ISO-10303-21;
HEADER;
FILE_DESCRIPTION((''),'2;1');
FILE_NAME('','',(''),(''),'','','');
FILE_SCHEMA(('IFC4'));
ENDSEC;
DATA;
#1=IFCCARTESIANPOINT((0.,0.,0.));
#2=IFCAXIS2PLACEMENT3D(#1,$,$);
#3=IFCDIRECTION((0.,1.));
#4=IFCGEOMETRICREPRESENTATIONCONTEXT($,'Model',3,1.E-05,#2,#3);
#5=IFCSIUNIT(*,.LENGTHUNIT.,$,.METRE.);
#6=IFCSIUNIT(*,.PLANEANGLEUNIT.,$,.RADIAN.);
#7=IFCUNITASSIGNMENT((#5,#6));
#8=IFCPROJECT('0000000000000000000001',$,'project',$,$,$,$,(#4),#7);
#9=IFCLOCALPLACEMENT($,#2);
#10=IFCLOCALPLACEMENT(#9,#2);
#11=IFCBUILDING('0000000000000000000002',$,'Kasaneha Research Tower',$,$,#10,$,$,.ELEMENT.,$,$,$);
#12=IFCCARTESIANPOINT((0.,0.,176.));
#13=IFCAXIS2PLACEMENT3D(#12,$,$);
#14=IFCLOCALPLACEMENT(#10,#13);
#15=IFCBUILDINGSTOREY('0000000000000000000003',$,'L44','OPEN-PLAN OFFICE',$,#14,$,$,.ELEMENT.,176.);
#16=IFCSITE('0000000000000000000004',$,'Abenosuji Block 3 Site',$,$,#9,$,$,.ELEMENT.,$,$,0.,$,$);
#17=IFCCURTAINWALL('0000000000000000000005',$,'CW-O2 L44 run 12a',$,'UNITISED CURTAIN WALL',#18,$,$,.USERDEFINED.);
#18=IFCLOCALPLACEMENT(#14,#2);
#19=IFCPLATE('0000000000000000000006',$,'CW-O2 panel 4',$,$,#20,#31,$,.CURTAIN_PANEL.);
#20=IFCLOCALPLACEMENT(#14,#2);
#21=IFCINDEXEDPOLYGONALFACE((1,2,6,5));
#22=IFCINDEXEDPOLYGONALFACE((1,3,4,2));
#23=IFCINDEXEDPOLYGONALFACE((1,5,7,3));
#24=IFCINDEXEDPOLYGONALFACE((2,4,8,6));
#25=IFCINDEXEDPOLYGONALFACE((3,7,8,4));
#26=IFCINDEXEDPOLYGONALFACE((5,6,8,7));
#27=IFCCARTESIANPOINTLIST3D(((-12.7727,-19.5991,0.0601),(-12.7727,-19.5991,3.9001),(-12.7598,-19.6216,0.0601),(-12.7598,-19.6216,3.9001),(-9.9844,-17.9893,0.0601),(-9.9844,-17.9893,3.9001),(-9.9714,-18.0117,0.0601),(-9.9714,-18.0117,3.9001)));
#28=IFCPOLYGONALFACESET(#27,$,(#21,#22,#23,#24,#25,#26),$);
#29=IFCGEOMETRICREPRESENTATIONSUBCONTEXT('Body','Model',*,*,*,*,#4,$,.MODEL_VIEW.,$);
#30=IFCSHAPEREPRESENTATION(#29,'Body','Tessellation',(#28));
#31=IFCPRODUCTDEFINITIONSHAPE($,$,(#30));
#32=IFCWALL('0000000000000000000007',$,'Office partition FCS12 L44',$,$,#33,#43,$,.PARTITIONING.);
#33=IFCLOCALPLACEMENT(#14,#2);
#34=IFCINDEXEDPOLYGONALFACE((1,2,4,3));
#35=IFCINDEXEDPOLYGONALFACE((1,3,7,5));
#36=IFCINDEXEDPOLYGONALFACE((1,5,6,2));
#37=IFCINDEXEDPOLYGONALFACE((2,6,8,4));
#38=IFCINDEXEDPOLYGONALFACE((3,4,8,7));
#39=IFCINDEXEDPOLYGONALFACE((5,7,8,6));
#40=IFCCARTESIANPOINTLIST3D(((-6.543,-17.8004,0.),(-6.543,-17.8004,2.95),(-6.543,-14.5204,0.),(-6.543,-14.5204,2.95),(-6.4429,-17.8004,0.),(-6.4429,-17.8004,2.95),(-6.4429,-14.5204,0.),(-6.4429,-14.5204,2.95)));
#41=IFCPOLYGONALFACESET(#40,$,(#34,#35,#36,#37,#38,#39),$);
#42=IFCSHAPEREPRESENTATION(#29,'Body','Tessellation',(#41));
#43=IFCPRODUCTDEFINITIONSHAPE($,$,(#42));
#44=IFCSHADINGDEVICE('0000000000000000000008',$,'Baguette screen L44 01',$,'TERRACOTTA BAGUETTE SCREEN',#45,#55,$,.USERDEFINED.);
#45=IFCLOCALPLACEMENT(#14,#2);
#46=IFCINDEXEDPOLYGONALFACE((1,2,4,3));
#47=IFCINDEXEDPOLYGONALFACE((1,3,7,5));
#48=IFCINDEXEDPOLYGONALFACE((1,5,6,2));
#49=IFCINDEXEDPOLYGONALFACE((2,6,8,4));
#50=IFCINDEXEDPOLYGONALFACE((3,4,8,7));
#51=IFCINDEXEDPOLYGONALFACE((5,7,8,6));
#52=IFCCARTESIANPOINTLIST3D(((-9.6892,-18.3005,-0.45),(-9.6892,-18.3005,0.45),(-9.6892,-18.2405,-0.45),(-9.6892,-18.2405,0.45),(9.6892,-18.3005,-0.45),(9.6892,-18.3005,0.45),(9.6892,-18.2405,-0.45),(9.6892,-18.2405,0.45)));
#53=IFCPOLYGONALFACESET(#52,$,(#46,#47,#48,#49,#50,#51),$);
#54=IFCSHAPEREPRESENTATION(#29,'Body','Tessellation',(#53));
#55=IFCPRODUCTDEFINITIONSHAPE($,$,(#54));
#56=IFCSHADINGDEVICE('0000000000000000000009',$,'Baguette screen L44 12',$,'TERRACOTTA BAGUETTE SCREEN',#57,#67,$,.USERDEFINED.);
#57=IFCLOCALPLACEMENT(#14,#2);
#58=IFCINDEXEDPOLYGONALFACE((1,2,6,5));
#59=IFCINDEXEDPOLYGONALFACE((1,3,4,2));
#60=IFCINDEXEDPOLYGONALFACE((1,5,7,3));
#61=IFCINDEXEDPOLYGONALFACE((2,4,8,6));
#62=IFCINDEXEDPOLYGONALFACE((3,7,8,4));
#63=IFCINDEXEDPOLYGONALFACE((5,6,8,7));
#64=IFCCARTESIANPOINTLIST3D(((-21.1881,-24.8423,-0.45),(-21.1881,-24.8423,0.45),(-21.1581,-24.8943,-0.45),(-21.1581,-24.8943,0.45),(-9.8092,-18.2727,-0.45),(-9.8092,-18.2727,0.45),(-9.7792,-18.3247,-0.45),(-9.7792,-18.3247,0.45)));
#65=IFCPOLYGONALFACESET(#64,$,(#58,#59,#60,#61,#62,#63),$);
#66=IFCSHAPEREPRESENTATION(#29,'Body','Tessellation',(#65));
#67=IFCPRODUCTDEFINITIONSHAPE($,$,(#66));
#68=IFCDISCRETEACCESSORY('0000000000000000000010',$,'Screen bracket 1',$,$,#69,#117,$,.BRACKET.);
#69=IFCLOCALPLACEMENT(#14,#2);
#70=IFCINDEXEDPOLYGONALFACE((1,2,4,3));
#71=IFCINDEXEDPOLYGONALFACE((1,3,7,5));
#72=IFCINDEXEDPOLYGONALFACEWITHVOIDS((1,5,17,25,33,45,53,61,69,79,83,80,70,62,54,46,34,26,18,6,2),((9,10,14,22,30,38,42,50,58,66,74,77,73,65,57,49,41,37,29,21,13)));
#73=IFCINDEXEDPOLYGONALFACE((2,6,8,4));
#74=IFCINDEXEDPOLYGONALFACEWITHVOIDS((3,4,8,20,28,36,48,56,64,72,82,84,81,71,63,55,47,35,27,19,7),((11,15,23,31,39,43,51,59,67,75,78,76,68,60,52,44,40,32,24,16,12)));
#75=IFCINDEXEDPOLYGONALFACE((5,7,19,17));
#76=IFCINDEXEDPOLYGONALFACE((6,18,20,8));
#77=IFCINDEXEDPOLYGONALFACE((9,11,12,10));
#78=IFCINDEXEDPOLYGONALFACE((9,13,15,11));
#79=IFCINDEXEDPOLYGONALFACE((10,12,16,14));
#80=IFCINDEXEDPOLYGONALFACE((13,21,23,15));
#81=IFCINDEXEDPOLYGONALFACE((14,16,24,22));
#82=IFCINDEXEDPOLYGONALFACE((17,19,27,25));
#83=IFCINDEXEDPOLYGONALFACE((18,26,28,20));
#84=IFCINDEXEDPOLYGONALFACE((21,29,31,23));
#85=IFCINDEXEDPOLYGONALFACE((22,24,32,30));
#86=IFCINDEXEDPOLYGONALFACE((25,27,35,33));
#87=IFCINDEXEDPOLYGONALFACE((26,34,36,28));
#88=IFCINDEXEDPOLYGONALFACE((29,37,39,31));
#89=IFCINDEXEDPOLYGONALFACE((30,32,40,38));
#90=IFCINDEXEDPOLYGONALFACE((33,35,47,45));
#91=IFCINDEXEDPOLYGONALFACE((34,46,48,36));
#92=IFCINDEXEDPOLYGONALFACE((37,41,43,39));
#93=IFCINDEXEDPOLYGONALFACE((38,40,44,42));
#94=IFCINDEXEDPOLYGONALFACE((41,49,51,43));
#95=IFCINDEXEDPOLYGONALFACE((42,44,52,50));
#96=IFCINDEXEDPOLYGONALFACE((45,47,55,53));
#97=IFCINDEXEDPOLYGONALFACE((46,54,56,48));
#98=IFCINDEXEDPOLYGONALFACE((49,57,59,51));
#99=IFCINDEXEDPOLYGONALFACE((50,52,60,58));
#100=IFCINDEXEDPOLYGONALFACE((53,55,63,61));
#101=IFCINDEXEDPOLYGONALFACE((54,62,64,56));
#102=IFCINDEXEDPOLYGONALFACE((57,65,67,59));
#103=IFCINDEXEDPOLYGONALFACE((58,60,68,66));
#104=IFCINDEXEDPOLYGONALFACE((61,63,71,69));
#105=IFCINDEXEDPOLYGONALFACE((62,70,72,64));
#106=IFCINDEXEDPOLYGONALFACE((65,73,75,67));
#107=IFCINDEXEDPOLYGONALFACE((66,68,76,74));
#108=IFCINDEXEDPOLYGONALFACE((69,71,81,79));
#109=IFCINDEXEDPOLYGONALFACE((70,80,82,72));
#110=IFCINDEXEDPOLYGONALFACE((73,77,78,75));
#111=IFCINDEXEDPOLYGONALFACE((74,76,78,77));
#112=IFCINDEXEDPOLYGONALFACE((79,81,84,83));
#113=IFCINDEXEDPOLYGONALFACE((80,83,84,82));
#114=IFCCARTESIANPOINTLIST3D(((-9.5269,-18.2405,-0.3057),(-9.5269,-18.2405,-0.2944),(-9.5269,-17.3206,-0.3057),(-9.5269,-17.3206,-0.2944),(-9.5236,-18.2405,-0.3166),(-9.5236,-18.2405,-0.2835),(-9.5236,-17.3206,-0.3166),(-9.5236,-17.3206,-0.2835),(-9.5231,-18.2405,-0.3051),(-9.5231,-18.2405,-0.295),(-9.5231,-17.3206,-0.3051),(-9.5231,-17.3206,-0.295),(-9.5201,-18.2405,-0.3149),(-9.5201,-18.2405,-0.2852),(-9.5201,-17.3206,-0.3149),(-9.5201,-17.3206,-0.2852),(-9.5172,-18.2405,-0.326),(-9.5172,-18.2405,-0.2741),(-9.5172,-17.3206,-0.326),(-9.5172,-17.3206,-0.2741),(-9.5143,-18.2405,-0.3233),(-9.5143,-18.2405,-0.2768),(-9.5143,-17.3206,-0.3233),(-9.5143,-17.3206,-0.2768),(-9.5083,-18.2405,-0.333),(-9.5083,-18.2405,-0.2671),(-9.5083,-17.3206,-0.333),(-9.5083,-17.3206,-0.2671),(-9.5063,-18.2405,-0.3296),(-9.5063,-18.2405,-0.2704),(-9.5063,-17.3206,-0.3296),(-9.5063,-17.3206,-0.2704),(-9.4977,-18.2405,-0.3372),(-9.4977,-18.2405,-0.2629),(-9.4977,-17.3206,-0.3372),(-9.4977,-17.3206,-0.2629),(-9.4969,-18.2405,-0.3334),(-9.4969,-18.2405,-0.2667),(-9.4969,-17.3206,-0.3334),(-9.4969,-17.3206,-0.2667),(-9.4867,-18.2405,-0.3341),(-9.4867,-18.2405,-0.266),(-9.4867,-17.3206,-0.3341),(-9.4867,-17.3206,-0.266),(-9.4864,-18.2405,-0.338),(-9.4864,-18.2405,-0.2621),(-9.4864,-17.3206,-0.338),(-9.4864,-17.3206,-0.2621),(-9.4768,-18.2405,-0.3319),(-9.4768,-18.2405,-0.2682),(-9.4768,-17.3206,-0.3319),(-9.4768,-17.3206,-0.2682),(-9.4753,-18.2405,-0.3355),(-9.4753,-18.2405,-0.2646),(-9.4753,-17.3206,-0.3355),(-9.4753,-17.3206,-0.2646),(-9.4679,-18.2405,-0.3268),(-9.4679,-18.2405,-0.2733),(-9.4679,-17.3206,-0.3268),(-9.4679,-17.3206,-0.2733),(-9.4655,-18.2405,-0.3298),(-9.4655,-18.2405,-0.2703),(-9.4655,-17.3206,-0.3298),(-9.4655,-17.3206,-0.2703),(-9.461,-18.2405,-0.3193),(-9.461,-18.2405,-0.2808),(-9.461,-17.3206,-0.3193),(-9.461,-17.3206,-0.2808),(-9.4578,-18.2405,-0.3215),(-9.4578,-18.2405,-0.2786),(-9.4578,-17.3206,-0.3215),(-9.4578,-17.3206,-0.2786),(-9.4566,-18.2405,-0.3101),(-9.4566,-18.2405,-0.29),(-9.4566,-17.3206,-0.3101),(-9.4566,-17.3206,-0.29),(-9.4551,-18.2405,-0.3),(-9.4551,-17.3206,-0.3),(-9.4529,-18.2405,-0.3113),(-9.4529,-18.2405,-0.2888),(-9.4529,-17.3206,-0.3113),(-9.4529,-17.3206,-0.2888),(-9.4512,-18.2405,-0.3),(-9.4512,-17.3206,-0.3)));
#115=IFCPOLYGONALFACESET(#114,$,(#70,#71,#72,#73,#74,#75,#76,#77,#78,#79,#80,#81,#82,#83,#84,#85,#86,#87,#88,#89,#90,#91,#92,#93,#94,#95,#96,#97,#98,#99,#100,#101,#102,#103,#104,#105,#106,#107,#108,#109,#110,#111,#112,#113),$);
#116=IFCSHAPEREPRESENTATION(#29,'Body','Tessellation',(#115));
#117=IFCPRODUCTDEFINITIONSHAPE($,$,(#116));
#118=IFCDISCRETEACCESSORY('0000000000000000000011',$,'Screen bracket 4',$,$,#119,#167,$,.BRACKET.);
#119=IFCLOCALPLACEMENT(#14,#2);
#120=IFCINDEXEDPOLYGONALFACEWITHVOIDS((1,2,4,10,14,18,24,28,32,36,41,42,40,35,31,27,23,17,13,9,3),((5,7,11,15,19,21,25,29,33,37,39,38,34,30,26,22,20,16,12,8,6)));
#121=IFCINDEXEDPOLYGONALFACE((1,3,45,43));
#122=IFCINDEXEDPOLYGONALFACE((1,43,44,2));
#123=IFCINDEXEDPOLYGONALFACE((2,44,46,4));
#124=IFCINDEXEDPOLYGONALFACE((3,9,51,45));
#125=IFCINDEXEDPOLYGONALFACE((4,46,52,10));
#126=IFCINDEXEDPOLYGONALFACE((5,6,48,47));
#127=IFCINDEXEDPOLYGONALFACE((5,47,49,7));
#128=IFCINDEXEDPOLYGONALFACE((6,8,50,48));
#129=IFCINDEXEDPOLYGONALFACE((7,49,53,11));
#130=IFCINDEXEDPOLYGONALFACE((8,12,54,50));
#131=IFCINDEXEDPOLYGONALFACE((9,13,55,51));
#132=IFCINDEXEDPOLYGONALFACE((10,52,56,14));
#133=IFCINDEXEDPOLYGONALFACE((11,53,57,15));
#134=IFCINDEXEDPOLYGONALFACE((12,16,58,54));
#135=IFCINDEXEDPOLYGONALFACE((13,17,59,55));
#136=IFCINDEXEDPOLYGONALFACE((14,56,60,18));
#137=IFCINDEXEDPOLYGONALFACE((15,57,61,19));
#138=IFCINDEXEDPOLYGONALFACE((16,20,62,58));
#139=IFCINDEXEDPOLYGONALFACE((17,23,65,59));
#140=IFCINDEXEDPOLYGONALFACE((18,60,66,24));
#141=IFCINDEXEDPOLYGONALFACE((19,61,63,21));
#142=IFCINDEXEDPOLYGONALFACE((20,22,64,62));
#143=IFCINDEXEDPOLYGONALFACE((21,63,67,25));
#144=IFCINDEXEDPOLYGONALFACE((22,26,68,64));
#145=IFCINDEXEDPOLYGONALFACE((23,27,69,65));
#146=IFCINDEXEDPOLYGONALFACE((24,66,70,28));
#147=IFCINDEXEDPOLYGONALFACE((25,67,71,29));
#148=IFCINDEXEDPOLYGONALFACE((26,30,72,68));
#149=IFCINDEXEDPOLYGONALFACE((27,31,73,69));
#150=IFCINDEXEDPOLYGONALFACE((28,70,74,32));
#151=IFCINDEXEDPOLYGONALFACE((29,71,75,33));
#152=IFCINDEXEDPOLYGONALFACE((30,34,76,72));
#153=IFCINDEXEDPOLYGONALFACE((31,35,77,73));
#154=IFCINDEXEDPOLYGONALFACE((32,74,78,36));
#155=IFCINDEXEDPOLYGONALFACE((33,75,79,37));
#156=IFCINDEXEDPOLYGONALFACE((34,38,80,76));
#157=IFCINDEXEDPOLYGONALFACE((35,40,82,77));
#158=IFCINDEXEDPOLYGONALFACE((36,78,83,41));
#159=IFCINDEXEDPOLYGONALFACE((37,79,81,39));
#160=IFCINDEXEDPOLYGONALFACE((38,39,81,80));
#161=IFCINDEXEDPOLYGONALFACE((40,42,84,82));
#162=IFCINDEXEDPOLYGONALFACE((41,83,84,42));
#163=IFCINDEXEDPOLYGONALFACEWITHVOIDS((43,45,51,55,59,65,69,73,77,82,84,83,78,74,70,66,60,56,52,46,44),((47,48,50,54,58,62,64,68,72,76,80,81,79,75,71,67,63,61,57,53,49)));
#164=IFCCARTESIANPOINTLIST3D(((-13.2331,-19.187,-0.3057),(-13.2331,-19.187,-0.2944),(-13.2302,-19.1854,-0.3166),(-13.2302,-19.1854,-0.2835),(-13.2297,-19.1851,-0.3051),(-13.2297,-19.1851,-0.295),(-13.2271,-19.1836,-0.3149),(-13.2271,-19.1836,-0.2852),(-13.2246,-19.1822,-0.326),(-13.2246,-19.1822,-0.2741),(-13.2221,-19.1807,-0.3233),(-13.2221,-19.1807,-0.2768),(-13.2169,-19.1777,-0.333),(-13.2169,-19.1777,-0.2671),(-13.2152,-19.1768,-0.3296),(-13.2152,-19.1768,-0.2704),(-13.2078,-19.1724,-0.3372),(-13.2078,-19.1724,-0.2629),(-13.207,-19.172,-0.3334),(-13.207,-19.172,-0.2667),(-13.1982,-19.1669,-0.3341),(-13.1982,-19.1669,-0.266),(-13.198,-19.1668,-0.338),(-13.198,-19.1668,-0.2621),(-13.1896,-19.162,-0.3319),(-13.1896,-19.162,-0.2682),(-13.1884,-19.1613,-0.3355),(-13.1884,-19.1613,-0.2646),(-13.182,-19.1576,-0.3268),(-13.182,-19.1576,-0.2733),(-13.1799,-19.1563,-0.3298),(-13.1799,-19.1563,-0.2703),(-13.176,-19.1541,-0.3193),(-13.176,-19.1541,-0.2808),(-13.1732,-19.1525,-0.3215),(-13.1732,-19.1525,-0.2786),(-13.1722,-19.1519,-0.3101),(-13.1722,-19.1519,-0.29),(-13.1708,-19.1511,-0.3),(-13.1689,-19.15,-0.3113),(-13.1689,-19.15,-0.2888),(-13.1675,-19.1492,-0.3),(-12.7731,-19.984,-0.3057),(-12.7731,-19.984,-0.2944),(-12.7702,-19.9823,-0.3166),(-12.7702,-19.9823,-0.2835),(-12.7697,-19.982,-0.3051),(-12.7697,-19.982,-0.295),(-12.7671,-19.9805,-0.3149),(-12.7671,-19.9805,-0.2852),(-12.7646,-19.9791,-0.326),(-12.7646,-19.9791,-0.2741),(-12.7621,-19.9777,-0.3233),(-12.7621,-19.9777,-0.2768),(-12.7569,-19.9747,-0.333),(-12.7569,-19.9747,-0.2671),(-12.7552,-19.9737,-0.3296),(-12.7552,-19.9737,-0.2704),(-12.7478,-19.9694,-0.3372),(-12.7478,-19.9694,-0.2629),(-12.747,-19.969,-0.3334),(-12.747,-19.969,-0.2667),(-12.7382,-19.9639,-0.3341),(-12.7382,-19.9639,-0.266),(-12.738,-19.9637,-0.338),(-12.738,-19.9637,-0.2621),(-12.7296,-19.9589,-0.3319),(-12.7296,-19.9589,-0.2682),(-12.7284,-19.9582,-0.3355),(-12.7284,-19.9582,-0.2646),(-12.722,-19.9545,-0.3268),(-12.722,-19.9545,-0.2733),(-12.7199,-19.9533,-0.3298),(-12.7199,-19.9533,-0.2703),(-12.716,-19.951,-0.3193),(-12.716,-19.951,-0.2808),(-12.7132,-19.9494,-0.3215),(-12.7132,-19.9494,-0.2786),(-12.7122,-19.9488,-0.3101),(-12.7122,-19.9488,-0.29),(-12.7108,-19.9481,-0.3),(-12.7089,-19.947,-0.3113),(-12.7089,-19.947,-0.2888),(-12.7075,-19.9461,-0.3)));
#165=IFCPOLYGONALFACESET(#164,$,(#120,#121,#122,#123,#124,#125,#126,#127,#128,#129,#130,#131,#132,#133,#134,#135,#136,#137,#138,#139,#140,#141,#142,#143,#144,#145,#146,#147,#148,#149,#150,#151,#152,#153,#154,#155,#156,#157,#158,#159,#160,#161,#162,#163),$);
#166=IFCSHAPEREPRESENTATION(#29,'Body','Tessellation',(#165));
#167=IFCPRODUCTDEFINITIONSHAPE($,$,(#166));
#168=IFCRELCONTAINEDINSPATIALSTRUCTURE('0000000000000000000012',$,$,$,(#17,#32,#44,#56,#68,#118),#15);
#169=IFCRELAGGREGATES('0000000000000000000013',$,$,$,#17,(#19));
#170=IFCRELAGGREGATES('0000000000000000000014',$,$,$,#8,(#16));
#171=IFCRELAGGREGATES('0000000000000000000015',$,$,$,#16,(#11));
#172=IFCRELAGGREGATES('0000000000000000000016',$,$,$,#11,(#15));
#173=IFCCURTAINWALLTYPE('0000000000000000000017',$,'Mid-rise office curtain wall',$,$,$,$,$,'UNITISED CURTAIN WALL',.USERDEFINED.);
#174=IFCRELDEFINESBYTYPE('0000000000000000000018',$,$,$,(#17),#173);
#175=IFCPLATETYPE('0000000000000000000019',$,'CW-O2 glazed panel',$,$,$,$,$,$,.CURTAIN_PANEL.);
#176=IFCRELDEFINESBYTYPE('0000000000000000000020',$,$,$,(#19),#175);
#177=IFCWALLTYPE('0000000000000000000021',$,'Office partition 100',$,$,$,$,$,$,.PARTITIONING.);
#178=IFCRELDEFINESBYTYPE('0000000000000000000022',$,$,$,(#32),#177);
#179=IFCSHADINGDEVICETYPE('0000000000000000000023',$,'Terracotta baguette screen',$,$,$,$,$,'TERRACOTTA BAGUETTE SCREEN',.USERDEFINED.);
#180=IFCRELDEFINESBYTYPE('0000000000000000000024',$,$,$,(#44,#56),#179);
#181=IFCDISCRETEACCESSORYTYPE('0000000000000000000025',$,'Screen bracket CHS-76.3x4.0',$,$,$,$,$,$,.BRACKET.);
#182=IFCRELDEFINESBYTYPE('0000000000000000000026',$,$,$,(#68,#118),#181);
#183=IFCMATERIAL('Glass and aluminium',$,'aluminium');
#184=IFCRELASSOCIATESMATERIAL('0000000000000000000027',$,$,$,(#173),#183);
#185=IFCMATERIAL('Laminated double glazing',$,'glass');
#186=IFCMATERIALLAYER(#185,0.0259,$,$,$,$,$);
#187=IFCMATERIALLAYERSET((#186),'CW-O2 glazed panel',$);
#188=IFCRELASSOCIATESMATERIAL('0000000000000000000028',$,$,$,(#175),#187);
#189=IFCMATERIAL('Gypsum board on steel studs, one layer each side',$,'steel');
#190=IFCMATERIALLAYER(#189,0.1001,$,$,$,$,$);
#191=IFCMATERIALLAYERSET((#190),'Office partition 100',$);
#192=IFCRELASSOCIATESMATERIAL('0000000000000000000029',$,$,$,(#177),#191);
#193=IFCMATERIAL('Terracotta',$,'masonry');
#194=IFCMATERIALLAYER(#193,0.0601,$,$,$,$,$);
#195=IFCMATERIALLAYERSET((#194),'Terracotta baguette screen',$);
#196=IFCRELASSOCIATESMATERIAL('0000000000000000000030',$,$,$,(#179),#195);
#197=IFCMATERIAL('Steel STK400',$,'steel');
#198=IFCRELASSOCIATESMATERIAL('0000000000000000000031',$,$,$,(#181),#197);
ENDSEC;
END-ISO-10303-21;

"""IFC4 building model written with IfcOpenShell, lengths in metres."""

from ifc_helpers import new_model, si_unit, direction, frame, frame_2d, origin, origin_2d, place, context, subcontext, project, spatial, rectangle, hollow_circle, extrude, material, layer, layer_set, material_profile, profile_set, type_object, element, aggregate, save


model = new_model("IFC4")

# Units and contexts
model_context = context("Model", 3, precision=1e-05, world=origin(), true_north=direction((0.0, 1.0)))
body_context = subcontext(model_context, "Body", "Model", "MODEL_VIEW")
ifc_project = project(units=[si_unit("LENGTHUNIT", "METRE"), si_unit("PLANEANGLEUNIT", "RADIAN")], contexts=[model_context])

# Site, building, storey
site_placement = place(None, origin())
site = spatial("IfcSite", under=ifc_project, at=site_placement, Name="Abenosuji Block 3 Site", CompositionType="ELEMENT", RefElevation=0.0)
building_placement = place(site_placement, origin())
building = spatial("IfcBuilding", under=site, at=building_placement, Name="Kasaneha Research Tower", CompositionType="ELEMENT")
storey_placement = place(building_placement, frame((0.0, 0.0, 176.0)))
storey = spatial("IfcBuildingStorey", under=building, at=storey_placement, Name="L44", Description="OPEN-PLAN OFFICE", CompositionType="ELEMENT", Elevation=176.0)

# Curtain wall
ifc_material_1 = material(Name="Glass and aluminium", Category="aluminium")
curtain_wall_type = type_object("IfcCurtainWallType", Name="Mid-rise office curtain wall", ElementType="UNITISED CURTAIN WALL", PredefinedType="USERDEFINED", material=ifc_material_1)
curtain_wall_1_placement = place(storey_placement, origin())
curtain_wall_1 = element("IfcCurtainWall", 1, at=curtain_wall_1_placement, inside=storey, type_object=curtain_wall_type, Name="CW-O2 L44 run 12a", ObjectType="UNITISED CURTAIN WALL", PredefinedType="USERDEFINED")

# Plate
ifc_material_2 = material(Name="Laminated double glazing", Category="glass")
ifc_layer_1 = layer(ifc_material_2, 0.0259)
ifc_layer_set_1 = layer_set([ifc_layer_1], Name="CW-O2 glazed panel")
plate_type = type_object("IfcPlateType", Name="CW-O2 glazed panel", PredefinedType="CURTAIN_PANEL", material=ifc_layer_set_1)
plate_1_placement = place(storey_placement, frame((-11.3721, -18.8054, 0.0601), z_axis=(0.0, 0.0, 1.0), x_axis=(0.866025, 0.5, 0.0)))
plate_1 = element("IfcPlate", 2, at=plate_1_placement, type_object=plate_type, Name="CW-O2 panel 4", PredefinedType="CURTAIN_PANEL", context=body_context, shape_type="SweptSolid", body=[
    extrude(rectangle(XDim=3.2197, YDim=0.0259, at=origin_2d()), origin(), (0.0, 0.0, 1.0), 3.8401),
])
aggregate(curtain_wall_1, [plate_1])

# Wall
ifc_material_3 = material(Name="Gypsum board on steel studs, one layer each side", Category="steel")
ifc_layer_2 = layer(ifc_material_3, 0.1001)
ifc_layer_set_2 = layer_set([ifc_layer_2], Name="Office partition 100")
wall_type = type_object("IfcWallType", Name="Office partition 100", PredefinedType="PARTITIONING", material=ifc_layer_set_2)
wall_placement = place(storey_placement, frame((-6.4929, -17.8005, 0.0), z_axis=(0.0, 0.0, 1.0), x_axis=(0.0, 1.0, 0.0)))
element("IfcWall", 3, at=wall_placement, inside=storey, type_object=wall_type, Name="Office partition FCS12 L44", PredefinedType="PARTITIONING", context=body_context, shape_type="SweptSolid", body=[
    extrude(rectangle(XDim=3.28, YDim=0.1001, at=frame_2d((1.6401, 0.0))), origin(), (0.0, 0.0, 1.0), 2.95),
])

# Shading devices
ifc_material_4 = material(Name="Terracotta", Category="masonry")
ifc_layer_3 = layer(ifc_material_4, 0.0601)
ifc_layer_set_3 = layer_set([ifc_layer_3], Name="Terracotta baguette screen")
shading_device_type = type_object("IfcShadingDeviceType", Name="Terracotta baguette screen", ElementType="TERRACOTTA BAGUETTE SCREEN", PredefinedType="USERDEFINED", material=ifc_layer_set_3)
shading_device_1_placement = place(storey_placement, frame((0.0, -18.2705, -0.45), z_axis=(0.0, 0.0, 1.0), x_axis=(1.0, 0.0, 0.0)))
element("IfcShadingDevice", 4, at=shading_device_1_placement, inside=storey, type_object=shading_device_type, Name="Baguette screen L44 01", ObjectType="TERRACOTTA BAGUETTE SCREEN", PredefinedType="USERDEFINED", context=body_context, shape_type="SweptSolid", body=[
    extrude(rectangle(XDim=19.3784, YDim=0.0601, at=origin_2d()), origin(), (0.0, 0.0, 1.0), 0.8999),
])
shading_device_2_placement = place(storey_placement, frame((-15.4836, -21.5835, -0.45), z_axis=(0.0, 0.0, 1.0), x_axis=(0.866025, 0.5, 0.0)))
element("IfcShadingDevice", 5, at=shading_device_2_placement, inside=storey, type_object=shading_device_type, Name="Baguette screen L44 12", ObjectType="TERRACOTTA BAGUETTE SCREEN", PredefinedType="USERDEFINED", context=body_context, shape_type="SweptSolid", body=[
    extrude(rectangle(XDim=13.1392, YDim=0.0601, at=origin_2d()), origin(), (0.0, 0.0, 1.0), 0.8999),
])

# Discrete accessories
ifc_material_5 = material(Name="Steel STK400", Category="steel")
ifc_material_profile_1 = material_profile(ifc_material_5, hollow_circle(Radius=0.0381, WallThickness=0.0039, at=origin_2d()), Name="CHS-76.3x4.0")
ifc_profile_set_1 = profile_set([ifc_material_profile_1], Name="Steel STK400")
discrete_accessory_type = type_object("IfcDiscreteAccessoryType", Name="Screen bracket CHS-76.3x4.0", PredefinedType="BRACKET", material=ifc_profile_set_1)
discrete_accessory_1_placement = place(storey_placement, frame((-9.4893, -17.3206, -0.3), z_axis=(0.0, -1.0, 0.0), x_axis=(1.0, 0.0, 0.0)))
element("IfcDiscreteAccessory", 6, at=discrete_accessory_1_placement, inside=storey, type_object=discrete_accessory_type, Name="Screen bracket 1", PredefinedType="BRACKET", context=body_context, shape_type="SweptSolid", body=[
    extrude(hollow_circle(Radius=0.0381, WallThickness=0.0039, at=origin_2d()), origin(), (0.0, 0.0, 1.0), 0.9199),
])
discrete_accessory_2_placement = place(storey_placement, frame((-13.2004, -19.1682, -0.3), z_axis=(0.499906, -0.86608, 0.0), x_axis=(0.86608, 0.499906, 0.0)))
element("IfcDiscreteAccessory", 7, at=discrete_accessory_2_placement, inside=storey, type_object=discrete_accessory_type, Name="Screen bracket 4", PredefinedType="BRACKET", context=body_context, shape_type="SweptSolid", body=[
    extrude(hollow_circle(Radius=0.0381, WallThickness=0.0039, at=origin_2d()), origin(), (0.0, 0.0, 1.0), 0.9202),
])

save(model, "model.ifc")
